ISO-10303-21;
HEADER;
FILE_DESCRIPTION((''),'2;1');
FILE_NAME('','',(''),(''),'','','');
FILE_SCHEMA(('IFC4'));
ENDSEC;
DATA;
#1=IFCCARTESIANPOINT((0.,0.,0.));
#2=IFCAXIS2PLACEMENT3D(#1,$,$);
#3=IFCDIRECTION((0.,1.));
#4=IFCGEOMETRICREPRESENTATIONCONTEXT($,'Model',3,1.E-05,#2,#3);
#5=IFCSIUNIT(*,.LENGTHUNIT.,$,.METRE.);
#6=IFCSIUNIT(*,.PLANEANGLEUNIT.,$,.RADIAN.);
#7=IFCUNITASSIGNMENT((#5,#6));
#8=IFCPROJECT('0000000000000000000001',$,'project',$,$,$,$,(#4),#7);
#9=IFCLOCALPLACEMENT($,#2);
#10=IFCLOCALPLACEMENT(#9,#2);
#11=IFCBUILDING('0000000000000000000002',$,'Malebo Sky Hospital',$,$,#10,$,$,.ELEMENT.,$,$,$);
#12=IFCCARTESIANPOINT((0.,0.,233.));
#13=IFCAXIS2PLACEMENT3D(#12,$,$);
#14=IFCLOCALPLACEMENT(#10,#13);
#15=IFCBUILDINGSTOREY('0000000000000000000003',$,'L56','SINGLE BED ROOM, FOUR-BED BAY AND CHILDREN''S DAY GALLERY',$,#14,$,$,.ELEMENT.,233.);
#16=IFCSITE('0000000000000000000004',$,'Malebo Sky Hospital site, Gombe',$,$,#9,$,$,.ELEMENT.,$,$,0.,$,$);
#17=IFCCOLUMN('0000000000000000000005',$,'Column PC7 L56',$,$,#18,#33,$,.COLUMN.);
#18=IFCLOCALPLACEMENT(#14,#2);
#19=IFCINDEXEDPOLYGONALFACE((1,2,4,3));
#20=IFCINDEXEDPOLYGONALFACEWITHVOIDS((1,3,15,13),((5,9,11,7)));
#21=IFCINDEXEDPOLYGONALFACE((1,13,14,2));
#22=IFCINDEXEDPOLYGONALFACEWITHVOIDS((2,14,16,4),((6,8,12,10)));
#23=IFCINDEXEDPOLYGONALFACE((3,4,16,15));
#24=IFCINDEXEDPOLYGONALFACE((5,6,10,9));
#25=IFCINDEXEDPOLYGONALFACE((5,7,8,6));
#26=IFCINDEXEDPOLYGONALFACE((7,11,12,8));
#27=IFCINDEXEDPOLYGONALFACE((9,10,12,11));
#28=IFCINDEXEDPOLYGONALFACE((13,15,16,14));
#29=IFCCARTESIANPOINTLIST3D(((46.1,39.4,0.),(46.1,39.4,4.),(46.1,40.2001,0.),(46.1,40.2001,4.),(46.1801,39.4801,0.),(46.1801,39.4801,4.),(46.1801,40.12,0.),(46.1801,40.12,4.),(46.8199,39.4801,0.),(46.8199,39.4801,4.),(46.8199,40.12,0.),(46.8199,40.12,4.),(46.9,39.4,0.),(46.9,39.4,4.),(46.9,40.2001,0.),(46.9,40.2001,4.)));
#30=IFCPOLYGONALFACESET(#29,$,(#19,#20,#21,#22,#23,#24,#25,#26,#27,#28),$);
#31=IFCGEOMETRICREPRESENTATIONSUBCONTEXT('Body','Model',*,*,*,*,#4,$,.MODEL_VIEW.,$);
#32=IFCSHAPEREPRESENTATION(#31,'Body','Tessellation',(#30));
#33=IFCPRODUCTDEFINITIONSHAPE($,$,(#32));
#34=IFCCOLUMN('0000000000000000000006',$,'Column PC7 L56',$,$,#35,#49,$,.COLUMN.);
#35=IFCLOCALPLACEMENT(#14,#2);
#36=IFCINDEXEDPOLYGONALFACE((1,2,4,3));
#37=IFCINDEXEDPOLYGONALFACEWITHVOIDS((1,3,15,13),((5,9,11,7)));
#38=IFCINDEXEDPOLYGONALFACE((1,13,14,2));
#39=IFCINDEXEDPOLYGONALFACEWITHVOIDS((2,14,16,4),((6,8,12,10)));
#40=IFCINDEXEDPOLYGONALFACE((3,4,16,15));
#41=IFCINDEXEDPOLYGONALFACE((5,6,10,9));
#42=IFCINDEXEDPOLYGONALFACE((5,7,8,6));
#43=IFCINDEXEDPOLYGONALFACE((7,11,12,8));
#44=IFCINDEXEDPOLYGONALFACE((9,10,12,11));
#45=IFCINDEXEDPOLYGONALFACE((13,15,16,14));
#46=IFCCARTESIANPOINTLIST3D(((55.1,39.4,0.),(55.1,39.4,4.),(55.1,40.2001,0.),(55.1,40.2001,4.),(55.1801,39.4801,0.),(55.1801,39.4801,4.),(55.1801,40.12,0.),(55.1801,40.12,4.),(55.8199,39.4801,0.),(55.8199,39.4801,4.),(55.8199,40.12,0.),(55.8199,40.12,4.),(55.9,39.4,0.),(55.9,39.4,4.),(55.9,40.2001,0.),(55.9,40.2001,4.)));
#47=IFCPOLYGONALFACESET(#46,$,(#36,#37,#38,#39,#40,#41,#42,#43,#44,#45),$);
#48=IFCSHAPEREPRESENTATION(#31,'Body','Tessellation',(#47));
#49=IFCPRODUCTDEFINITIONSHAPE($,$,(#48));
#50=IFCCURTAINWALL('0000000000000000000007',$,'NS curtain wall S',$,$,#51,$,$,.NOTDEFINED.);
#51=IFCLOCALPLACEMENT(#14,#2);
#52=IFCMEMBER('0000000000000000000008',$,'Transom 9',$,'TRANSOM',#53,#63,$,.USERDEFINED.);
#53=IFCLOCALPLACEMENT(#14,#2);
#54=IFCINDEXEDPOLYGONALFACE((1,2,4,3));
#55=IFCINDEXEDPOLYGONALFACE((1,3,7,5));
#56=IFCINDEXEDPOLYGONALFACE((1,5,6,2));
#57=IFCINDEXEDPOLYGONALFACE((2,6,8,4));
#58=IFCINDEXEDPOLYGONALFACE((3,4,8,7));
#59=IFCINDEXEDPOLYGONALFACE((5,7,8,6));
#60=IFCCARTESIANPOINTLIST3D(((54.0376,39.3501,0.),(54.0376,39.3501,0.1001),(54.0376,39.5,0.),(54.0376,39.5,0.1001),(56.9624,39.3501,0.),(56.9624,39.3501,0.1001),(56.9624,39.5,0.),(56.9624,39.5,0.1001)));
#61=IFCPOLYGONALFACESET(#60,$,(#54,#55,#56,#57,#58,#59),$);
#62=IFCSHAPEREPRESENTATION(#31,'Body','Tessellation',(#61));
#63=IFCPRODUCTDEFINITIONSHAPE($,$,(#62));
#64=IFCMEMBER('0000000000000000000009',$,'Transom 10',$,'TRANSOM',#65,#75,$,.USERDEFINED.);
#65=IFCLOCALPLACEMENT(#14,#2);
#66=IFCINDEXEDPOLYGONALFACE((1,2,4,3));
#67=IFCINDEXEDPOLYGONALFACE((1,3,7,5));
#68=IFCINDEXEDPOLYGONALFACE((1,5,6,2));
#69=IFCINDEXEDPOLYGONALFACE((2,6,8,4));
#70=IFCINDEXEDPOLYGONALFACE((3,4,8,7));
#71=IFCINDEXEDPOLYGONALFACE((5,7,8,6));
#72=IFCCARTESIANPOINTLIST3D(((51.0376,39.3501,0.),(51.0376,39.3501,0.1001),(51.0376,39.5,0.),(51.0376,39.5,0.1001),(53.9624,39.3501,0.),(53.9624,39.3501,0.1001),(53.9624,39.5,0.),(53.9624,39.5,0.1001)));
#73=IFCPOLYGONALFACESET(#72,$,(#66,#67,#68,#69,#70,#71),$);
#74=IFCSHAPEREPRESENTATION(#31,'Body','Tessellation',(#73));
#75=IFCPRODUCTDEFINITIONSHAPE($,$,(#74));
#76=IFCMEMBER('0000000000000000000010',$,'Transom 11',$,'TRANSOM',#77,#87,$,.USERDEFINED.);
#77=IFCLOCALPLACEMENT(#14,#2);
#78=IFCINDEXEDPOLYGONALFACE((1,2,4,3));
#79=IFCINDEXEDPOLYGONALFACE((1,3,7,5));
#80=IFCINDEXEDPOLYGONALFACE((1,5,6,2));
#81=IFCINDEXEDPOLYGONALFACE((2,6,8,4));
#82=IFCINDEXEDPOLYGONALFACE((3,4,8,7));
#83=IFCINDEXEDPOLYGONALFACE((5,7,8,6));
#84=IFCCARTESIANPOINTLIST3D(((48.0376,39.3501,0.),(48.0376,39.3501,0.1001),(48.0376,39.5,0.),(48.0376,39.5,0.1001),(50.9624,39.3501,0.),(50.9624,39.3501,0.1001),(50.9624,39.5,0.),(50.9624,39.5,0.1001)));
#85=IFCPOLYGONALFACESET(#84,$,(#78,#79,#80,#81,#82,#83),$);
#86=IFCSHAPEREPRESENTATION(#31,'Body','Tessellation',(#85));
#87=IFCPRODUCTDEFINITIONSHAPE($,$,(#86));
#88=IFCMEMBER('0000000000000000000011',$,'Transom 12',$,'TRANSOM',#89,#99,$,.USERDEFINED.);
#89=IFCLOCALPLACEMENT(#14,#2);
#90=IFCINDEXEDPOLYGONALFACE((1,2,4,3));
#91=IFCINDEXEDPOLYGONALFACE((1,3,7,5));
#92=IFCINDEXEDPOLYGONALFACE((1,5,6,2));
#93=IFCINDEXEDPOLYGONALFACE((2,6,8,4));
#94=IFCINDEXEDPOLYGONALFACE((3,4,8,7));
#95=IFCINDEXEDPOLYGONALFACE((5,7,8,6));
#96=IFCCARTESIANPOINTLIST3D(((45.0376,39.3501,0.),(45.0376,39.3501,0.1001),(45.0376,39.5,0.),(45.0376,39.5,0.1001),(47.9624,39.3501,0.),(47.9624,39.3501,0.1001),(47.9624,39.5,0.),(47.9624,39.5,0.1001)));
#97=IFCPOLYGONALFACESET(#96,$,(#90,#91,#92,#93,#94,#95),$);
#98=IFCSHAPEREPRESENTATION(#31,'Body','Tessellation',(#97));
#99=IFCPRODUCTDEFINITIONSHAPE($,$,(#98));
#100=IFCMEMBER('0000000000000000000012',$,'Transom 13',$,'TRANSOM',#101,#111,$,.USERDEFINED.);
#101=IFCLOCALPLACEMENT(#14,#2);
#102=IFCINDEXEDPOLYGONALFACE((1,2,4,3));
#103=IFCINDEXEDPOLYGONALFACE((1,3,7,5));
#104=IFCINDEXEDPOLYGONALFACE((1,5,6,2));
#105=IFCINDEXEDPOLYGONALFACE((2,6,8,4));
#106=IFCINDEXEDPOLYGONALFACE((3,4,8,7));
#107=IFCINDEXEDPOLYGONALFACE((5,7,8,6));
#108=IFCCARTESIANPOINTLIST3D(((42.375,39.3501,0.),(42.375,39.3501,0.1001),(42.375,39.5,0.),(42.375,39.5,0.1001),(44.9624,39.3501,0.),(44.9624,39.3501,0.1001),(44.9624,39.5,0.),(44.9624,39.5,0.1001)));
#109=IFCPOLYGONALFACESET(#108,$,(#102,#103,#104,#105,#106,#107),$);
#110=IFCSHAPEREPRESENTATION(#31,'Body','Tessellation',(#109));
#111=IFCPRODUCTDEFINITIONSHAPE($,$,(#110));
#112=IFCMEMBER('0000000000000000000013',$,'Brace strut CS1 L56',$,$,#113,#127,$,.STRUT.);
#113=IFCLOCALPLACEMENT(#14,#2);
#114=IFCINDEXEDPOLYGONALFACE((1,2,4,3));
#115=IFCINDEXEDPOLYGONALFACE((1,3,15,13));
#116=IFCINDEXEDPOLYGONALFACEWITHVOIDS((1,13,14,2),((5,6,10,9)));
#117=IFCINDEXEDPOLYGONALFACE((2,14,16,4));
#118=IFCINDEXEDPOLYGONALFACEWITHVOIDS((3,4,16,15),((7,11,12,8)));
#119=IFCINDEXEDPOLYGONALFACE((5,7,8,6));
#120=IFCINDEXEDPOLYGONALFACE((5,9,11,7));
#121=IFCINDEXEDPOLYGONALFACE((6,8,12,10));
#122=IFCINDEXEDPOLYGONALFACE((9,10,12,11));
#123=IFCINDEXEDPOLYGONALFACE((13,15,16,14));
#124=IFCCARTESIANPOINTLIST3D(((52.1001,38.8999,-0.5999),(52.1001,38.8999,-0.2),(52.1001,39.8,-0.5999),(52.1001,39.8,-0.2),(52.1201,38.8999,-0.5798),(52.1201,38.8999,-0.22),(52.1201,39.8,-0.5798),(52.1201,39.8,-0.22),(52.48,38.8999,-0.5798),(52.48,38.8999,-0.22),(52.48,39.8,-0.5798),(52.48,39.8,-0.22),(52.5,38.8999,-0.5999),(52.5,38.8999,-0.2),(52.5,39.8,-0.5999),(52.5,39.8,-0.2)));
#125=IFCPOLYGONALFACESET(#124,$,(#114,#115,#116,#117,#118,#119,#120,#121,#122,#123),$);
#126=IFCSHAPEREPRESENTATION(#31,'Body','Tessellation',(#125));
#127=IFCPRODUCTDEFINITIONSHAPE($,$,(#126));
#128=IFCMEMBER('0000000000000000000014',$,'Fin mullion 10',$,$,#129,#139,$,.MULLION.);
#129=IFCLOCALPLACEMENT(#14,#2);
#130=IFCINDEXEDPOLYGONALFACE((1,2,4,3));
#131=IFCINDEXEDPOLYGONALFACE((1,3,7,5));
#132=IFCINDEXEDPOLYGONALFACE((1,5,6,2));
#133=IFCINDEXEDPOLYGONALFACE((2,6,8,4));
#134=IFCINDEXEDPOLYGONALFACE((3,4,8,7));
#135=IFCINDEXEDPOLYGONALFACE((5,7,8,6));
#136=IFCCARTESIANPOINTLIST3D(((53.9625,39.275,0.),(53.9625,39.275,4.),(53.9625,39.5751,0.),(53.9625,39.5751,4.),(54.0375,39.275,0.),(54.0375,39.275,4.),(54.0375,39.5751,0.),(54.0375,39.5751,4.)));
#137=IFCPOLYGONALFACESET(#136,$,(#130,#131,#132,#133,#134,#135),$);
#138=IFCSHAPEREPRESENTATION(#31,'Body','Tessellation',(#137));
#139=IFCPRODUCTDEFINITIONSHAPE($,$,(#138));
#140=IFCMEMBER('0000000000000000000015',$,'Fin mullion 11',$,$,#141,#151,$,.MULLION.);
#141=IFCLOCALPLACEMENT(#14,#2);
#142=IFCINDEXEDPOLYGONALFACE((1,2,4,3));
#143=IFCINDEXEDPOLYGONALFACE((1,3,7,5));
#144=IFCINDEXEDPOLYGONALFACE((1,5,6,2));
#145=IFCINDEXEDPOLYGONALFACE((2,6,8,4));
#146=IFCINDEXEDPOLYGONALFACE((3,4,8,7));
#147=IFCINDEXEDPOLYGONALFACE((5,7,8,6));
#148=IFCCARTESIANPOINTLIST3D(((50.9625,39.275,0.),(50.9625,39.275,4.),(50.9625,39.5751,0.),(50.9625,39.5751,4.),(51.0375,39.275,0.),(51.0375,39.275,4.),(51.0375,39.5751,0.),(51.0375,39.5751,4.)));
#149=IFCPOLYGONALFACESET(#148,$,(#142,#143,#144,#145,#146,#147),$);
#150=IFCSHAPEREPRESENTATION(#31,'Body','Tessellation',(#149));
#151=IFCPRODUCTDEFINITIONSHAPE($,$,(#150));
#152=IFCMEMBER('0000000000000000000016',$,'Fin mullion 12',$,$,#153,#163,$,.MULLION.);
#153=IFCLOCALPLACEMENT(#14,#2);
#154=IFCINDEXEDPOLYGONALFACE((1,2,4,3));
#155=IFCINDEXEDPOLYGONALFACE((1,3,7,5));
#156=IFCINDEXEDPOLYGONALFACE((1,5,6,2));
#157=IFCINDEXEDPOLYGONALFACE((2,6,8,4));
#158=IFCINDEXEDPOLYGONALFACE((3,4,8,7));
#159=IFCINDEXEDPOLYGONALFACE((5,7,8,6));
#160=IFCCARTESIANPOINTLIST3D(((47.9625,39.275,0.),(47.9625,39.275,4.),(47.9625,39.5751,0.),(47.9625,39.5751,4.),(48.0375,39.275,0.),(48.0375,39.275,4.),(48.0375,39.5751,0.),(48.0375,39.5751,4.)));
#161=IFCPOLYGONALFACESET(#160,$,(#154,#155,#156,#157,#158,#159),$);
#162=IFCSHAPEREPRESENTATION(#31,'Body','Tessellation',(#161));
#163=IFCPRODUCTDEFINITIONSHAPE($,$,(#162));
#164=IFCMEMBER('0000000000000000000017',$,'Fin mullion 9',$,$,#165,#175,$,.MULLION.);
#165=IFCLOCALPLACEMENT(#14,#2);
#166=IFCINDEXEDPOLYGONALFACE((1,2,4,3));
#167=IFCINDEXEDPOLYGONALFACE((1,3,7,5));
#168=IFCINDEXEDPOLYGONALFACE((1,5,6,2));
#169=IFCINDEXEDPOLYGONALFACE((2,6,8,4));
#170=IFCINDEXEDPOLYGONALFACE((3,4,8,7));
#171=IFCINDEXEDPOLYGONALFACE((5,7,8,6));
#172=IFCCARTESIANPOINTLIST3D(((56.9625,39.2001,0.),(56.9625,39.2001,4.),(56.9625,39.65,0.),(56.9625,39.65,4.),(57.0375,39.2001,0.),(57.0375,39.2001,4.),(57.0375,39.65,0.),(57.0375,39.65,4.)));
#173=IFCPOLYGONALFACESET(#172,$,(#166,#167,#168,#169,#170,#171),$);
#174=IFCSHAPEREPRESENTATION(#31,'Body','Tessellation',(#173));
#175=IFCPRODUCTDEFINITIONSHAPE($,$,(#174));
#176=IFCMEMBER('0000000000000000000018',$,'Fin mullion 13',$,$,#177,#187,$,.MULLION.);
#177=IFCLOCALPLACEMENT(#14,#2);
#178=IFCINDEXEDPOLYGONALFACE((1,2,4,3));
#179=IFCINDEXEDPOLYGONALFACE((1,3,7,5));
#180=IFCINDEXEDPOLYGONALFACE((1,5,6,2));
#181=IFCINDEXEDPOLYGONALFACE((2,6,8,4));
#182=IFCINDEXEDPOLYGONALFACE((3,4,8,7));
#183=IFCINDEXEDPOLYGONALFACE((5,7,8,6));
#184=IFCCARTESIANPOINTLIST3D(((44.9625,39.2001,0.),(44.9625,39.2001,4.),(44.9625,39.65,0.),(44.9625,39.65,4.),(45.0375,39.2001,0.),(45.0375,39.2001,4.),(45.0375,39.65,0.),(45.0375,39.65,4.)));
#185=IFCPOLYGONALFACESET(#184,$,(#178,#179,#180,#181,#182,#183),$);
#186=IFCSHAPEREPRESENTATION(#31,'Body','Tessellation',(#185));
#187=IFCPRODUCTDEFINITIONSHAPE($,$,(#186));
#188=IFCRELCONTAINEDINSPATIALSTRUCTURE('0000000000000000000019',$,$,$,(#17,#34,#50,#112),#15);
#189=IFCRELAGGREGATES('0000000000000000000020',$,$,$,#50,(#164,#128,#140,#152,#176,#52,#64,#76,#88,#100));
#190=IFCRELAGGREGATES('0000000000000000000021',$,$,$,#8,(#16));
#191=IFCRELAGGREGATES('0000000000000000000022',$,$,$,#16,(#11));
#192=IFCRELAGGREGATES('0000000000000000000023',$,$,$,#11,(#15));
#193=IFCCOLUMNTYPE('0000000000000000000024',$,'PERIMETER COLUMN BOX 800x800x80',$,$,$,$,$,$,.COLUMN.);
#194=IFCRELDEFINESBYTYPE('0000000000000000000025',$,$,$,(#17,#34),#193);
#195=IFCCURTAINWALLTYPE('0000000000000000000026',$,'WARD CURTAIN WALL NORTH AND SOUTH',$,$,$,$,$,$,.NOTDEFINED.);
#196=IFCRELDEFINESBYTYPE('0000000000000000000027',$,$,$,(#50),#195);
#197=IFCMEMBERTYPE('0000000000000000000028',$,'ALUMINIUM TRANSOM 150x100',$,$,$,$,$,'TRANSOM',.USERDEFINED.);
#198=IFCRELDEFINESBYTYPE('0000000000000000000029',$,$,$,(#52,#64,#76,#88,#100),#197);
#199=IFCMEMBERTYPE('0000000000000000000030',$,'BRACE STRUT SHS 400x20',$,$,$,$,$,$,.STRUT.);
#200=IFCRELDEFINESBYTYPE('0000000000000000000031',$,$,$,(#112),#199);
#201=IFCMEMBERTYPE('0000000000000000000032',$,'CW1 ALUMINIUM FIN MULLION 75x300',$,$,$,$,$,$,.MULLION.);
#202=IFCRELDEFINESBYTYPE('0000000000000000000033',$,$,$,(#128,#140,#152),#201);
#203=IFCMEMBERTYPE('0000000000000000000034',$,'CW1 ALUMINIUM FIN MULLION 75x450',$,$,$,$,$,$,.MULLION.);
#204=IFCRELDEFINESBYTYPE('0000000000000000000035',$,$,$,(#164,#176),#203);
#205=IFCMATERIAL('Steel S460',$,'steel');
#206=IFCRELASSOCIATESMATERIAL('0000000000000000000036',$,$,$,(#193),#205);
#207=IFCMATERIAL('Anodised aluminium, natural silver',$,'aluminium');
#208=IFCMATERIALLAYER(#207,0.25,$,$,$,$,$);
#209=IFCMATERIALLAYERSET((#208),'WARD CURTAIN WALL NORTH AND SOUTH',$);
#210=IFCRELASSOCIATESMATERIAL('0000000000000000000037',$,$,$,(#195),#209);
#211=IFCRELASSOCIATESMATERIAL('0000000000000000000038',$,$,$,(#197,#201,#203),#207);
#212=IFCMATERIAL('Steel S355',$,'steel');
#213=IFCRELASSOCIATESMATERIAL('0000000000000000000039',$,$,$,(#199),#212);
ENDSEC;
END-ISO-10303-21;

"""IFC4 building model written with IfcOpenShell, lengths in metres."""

from ifc_helpers import new_model, si_unit, direction, frame, origin, origin_2d, place, context, subcontext, project, spatial, rectangle, hollow_rectangle, extrude, material, layer, layer_set, material_profile, profile_set, type_object, element, aggregate, save


model = new_model("IFC4")

# Units and contexts
model_context = context("Model", 3, precision=1e-05, world=origin(), true_north=direction((0.0, 1.0)))
body_context = subcontext(model_context, "Body", "Model", "MODEL_VIEW")
ifc_project = project(units=[si_unit("LENGTHUNIT", "METRE"), si_unit("PLANEANGLEUNIT", "RADIAN")], contexts=[model_context])

# Site, building, storey
site_placement = place(None, origin())
site = spatial("IfcSite", under=ifc_project, at=site_placement, Name="Malebo Sky Hospital site, Gombe", CompositionType="ELEMENT", RefElevation=0.0)
building_placement = place(site_placement, origin())
building = spatial("IfcBuilding", under=site, at=building_placement, Name="Malebo Sky Hospital", CompositionType="ELEMENT")
storey_placement = place(building_placement, frame((0.0, 0.0, 233.0)))
storey = spatial("IfcBuildingStorey", under=building, at=storey_placement, Name="L56", Description="SINGLE BED ROOM, FOUR-BED BAY AND CHILDREN'S DAY GALLERY", CompositionType="ELEMENT", Elevation=233.0)

# Columns
ifc_material_1 = material(Name="Steel S460", Category="steel")
ifc_material_profile_1 = material_profile(ifc_material_1, hollow_rectangle(XDim=0.8, YDim=0.8, WallThickness=0.0801, at=origin_2d()), Name="BOX 800x800x80")
ifc_profile_set_1 = profile_set([ifc_material_profile_1], Name="Steel S460")
column_type = type_object("IfcColumnType", Name="PERIMETER COLUMN BOX 800x800x80", PredefinedType="COLUMN", material=ifc_profile_set_1)
for number, where, z_axis, x_axis, name in (
    (1, (46.5, 39.8, 0.0), (0.0, 0.0, 1.0), (1.0, 0.0, 0.0), "Column PC7 L56"),
    (2, (55.5, 39.8, 0.0), (0.0, 0.0, 1.0), (1.0, 0.0, 0.0), "Column PC7 L56"),
):
    element("IfcColumn", number, at=place(storey_placement, frame(where, z_axis=z_axis, x_axis=x_axis)), inside=storey, type_object=column_type, Name=name, PredefinedType="COLUMN", context=body_context, shape_type="SweptSolid", body=[
        extrude(hollow_rectangle(XDim=0.8, YDim=0.8, WallThickness=0.0801, at=origin_2d()), origin(), (0.0, 0.0, 1.0), 4.0),
    ])

# Curtain wall, members
ifc_material_2 = material(Name="Anodised aluminium, natural silver", Category="aluminium")
ifc_layer_1 = layer(ifc_material_2, 0.25)
ifc_layer_set_1 = layer_set([ifc_layer_1], Name="WARD CURTAIN WALL NORTH AND SOUTH")
curtain_wall_type = type_object("IfcCurtainWallType", Name="WARD CURTAIN WALL NORTH AND SOUTH", PredefinedType="NOTDEFINED", material=ifc_layer_set_1)
curtain_wall_placement = place(storey_placement, origin())
curtain_wall = element("IfcCurtainWall", 3, at=curtain_wall_placement, inside=storey, type_object=curtain_wall_type, Name="NS curtain wall S", PredefinedType="NOTDEFINED")
ifc_material_profile_2 = material_profile(ifc_material_2, rectangle(XDim=0.1499, YDim=0.1001, at=origin_2d()), Name="ALUMINIUM TRANSOM 150x100")
ifc_profile_set_2 = profile_set([ifc_material_profile_2], Name="Anodised aluminium, natural silver")
member_type_1 = type_object("IfcMemberType", Name="ALUMINIUM TRANSOM 150x100", ElementType="TRANSOM", PredefinedType="USERDEFINED", material=ifc_profile_set_2)
member_1_placement = place(storey_placement, frame((56.9624, 39.425, 0.05), z_axis=(-1.0, 0.0, 0.0), x_axis=(0.0, -1.0, 0.0)))
member_1 = element("IfcMember", 4, at=member_1_placement, type_object=member_type_1, Name="Transom 9", ObjectType="TRANSOM", PredefinedType="USERDEFINED", context=body_context, shape_type="SweptSolid", body=[
    extrude(rectangle(XDim=0.1499, YDim=0.1001, at=origin_2d()), origin(), (0.0, 0.0, 1.0), 2.9248),
])
member_2_placement = place(storey_placement, frame((53.9624, 39.425, 0.05), z_axis=(-1.0, 0.0, 0.0), x_axis=(0.0, -1.0, 0.0)))
member_2 = element("IfcMember", 5, at=member_2_placement, type_object=member_type_1, Name="Transom 10", ObjectType="TRANSOM", PredefinedType="USERDEFINED", context=body_context, shape_type="SweptSolid", body=[
    extrude(rectangle(XDim=0.1499, YDim=0.1001, at=origin_2d()), origin(), (0.0, 0.0, 1.0), 2.9248),
])
member_3_placement = place(storey_placement, frame((50.9624, 39.425, 0.05), z_axis=(-1.0, 0.0, 0.0), x_axis=(0.0, -1.0, 0.0)))
member_3 = element("IfcMember", 6, at=member_3_placement, type_object=member_type_1, Name="Transom 11", ObjectType="TRANSOM", PredefinedType="USERDEFINED", context=body_context, shape_type="SweptSolid", body=[
    extrude(rectangle(XDim=0.1499, YDim=0.1001, at=origin_2d()), origin(), (0.0, 0.0, 1.0), 2.9248),
])
member_4_placement = place(storey_placement, frame((47.9624, 39.425, 0.05), z_axis=(-1.0, 0.0, 0.0), x_axis=(0.0, -1.0, 0.0)))
member_4 = element("IfcMember", 7, at=member_4_placement, type_object=member_type_1, Name="Transom 12", ObjectType="TRANSOM", PredefinedType="USERDEFINED", context=body_context, shape_type="SweptSolid", body=[
    extrude(rectangle(XDim=0.1499, YDim=0.1001, at=origin_2d()), origin(), (0.0, 0.0, 1.0), 2.9248),
])
member_5_placement = place(storey_placement, frame((44.9624, 39.425, 0.05), z_axis=(-1.0, 0.0, 0.0), x_axis=(0.0, -1.0, 0.0)))
member_5 = element("IfcMember", 8, at=member_5_placement, type_object=member_type_1, Name="Transom 13", ObjectType="TRANSOM", PredefinedType="USERDEFINED", context=body_context, shape_type="SweptSolid", body=[
    extrude(rectangle(XDim=0.1499, YDim=0.1001, at=origin_2d()), origin(), (0.0, 0.0, 1.0), 2.5874),
])

# Members
ifc_material_3 = material(Name="Steel S355", Category="steel")
ifc_material_profile_3 = material_profile(ifc_material_3, hollow_rectangle(XDim=0.3999, YDim=0.3999, WallThickness=0.02, at=origin_2d()), Name="SHS 400x20")
ifc_profile_set_3 = profile_set([ifc_material_profile_3], Name="Steel S355")
member_type_2 = type_object("IfcMemberType", Name="BRACE STRUT SHS 400x20", PredefinedType="STRUT", material=ifc_profile_set_3)
member_6_placement = place(storey_placement, frame((52.3, 38.8999, -0.3999), z_axis=(0.0, 1.0, 0.0), x_axis=(-1.0, 0.0, 0.0)))
element("IfcMember", 9, at=member_6_placement, inside=storey, type_object=member_type_2, Name="Brace strut CS1 L56", PredefinedType="STRUT", context=body_context, shape_type="SweptSolid", body=[
    extrude(hollow_rectangle(XDim=0.3999, YDim=0.3999, WallThickness=0.02, at=origin_2d()), origin(), (0.0, 0.0, 1.0), 0.9001),
])
ifc_material_profile_4 = material_profile(ifc_material_2, rectangle(XDim=0.075, YDim=0.3, at=origin_2d()), Name="CW1 ALUMINIUM FIN MULLION 75x300")
ifc_profile_set_4 = profile_set([ifc_material_profile_4], Name="Anodised aluminium, natural silver")
member_type_3 = type_object("IfcMemberType", Name="CW1 ALUMINIUM FIN MULLION 75x300", PredefinedType="MULLION", material=ifc_profile_set_4)
member_7_placement = place(storey_placement, frame((54.0, 39.425, 0.0), z_axis=(0.0, 0.0, 1.0), x_axis=(-1.0, 0.0, 0.0)))
member_7 = element("IfcMember", 10, at=member_7_placement, type_object=member_type_3, Name="Fin mullion 10", PredefinedType="MULLION", context=body_context, shape_type="SweptSolid", body=[
    extrude(rectangle(XDim=0.075, YDim=0.3, at=origin_2d()), origin(), (0.0, 0.0, 1.0), 4.0),
])
member_8_placement = place(storey_placement, frame((51.0, 39.425, 0.0), z_axis=(0.0, 0.0, 1.0), x_axis=(-1.0, 0.0, 0.0)))
member_8 = element("IfcMember", 11, at=member_8_placement, type_object=member_type_3, Name="Fin mullion 11", PredefinedType="MULLION", context=body_context, shape_type="SweptSolid", body=[
    extrude(rectangle(XDim=0.075, YDim=0.3, at=origin_2d()), origin(), (0.0, 0.0, 1.0), 4.0),
])
member_9_placement = place(storey_placement, frame((48.0, 39.425, 0.0), z_axis=(0.0, 0.0, 1.0), x_axis=(-1.0, 0.0, 0.0)))
member_9 = element("IfcMember", 12, at=member_9_placement, type_object=member_type_3, Name="Fin mullion 12", PredefinedType="MULLION", context=body_context, shape_type="SweptSolid", body=[
    extrude(rectangle(XDim=0.075, YDim=0.3, at=origin_2d()), origin(), (0.0, 0.0, 1.0), 4.0),
])
ifc_material_profile_5 = material_profile(ifc_material_2, rectangle(XDim=0.075, YDim=0.45, at=origin_2d()), Name="CW1 ALUMINIUM FIN MULLION 75x450")
ifc_profile_set_5 = profile_set([ifc_material_profile_5], Name="Anodised aluminium, natural silver")
member_type_4 = type_object("IfcMemberType", Name="CW1 ALUMINIUM FIN MULLION 75x450", PredefinedType="MULLION", material=ifc_profile_set_5)
member_10_placement = place(storey_placement, frame((57.0, 39.425, 0.0), z_axis=(0.0, 0.0, 1.0), x_axis=(-1.0, 0.0, 0.0)))
member_10 = element("IfcMember", 13, at=member_10_placement, type_object=member_type_4, Name="Fin mullion 9", PredefinedType="MULLION", context=body_context, shape_type="SweptSolid", body=[
    extrude(rectangle(XDim=0.075, YDim=0.45, at=origin_2d()), origin(), (0.0, 0.0, 1.0), 4.0),
])
member_11_placement = place(storey_placement, frame((45.0, 39.425, 0.0), z_axis=(0.0, 0.0, 1.0), x_axis=(-1.0, 0.0, 0.0)))
member_11 = element("IfcMember", 14, at=member_11_placement, type_object=member_type_4, Name="Fin mullion 13", PredefinedType="MULLION", context=body_context, shape_type="SweptSolid", body=[
    extrude(rectangle(XDim=0.075, YDim=0.45, at=origin_2d()), origin(), (0.0, 0.0, 1.0), 4.0),
])

aggregate(curtain_wall, [member_10, member_7, member_8, member_9, member_11, member_1, member_2, member_3, member_4, member_5])

save(model, "model.ifc")
